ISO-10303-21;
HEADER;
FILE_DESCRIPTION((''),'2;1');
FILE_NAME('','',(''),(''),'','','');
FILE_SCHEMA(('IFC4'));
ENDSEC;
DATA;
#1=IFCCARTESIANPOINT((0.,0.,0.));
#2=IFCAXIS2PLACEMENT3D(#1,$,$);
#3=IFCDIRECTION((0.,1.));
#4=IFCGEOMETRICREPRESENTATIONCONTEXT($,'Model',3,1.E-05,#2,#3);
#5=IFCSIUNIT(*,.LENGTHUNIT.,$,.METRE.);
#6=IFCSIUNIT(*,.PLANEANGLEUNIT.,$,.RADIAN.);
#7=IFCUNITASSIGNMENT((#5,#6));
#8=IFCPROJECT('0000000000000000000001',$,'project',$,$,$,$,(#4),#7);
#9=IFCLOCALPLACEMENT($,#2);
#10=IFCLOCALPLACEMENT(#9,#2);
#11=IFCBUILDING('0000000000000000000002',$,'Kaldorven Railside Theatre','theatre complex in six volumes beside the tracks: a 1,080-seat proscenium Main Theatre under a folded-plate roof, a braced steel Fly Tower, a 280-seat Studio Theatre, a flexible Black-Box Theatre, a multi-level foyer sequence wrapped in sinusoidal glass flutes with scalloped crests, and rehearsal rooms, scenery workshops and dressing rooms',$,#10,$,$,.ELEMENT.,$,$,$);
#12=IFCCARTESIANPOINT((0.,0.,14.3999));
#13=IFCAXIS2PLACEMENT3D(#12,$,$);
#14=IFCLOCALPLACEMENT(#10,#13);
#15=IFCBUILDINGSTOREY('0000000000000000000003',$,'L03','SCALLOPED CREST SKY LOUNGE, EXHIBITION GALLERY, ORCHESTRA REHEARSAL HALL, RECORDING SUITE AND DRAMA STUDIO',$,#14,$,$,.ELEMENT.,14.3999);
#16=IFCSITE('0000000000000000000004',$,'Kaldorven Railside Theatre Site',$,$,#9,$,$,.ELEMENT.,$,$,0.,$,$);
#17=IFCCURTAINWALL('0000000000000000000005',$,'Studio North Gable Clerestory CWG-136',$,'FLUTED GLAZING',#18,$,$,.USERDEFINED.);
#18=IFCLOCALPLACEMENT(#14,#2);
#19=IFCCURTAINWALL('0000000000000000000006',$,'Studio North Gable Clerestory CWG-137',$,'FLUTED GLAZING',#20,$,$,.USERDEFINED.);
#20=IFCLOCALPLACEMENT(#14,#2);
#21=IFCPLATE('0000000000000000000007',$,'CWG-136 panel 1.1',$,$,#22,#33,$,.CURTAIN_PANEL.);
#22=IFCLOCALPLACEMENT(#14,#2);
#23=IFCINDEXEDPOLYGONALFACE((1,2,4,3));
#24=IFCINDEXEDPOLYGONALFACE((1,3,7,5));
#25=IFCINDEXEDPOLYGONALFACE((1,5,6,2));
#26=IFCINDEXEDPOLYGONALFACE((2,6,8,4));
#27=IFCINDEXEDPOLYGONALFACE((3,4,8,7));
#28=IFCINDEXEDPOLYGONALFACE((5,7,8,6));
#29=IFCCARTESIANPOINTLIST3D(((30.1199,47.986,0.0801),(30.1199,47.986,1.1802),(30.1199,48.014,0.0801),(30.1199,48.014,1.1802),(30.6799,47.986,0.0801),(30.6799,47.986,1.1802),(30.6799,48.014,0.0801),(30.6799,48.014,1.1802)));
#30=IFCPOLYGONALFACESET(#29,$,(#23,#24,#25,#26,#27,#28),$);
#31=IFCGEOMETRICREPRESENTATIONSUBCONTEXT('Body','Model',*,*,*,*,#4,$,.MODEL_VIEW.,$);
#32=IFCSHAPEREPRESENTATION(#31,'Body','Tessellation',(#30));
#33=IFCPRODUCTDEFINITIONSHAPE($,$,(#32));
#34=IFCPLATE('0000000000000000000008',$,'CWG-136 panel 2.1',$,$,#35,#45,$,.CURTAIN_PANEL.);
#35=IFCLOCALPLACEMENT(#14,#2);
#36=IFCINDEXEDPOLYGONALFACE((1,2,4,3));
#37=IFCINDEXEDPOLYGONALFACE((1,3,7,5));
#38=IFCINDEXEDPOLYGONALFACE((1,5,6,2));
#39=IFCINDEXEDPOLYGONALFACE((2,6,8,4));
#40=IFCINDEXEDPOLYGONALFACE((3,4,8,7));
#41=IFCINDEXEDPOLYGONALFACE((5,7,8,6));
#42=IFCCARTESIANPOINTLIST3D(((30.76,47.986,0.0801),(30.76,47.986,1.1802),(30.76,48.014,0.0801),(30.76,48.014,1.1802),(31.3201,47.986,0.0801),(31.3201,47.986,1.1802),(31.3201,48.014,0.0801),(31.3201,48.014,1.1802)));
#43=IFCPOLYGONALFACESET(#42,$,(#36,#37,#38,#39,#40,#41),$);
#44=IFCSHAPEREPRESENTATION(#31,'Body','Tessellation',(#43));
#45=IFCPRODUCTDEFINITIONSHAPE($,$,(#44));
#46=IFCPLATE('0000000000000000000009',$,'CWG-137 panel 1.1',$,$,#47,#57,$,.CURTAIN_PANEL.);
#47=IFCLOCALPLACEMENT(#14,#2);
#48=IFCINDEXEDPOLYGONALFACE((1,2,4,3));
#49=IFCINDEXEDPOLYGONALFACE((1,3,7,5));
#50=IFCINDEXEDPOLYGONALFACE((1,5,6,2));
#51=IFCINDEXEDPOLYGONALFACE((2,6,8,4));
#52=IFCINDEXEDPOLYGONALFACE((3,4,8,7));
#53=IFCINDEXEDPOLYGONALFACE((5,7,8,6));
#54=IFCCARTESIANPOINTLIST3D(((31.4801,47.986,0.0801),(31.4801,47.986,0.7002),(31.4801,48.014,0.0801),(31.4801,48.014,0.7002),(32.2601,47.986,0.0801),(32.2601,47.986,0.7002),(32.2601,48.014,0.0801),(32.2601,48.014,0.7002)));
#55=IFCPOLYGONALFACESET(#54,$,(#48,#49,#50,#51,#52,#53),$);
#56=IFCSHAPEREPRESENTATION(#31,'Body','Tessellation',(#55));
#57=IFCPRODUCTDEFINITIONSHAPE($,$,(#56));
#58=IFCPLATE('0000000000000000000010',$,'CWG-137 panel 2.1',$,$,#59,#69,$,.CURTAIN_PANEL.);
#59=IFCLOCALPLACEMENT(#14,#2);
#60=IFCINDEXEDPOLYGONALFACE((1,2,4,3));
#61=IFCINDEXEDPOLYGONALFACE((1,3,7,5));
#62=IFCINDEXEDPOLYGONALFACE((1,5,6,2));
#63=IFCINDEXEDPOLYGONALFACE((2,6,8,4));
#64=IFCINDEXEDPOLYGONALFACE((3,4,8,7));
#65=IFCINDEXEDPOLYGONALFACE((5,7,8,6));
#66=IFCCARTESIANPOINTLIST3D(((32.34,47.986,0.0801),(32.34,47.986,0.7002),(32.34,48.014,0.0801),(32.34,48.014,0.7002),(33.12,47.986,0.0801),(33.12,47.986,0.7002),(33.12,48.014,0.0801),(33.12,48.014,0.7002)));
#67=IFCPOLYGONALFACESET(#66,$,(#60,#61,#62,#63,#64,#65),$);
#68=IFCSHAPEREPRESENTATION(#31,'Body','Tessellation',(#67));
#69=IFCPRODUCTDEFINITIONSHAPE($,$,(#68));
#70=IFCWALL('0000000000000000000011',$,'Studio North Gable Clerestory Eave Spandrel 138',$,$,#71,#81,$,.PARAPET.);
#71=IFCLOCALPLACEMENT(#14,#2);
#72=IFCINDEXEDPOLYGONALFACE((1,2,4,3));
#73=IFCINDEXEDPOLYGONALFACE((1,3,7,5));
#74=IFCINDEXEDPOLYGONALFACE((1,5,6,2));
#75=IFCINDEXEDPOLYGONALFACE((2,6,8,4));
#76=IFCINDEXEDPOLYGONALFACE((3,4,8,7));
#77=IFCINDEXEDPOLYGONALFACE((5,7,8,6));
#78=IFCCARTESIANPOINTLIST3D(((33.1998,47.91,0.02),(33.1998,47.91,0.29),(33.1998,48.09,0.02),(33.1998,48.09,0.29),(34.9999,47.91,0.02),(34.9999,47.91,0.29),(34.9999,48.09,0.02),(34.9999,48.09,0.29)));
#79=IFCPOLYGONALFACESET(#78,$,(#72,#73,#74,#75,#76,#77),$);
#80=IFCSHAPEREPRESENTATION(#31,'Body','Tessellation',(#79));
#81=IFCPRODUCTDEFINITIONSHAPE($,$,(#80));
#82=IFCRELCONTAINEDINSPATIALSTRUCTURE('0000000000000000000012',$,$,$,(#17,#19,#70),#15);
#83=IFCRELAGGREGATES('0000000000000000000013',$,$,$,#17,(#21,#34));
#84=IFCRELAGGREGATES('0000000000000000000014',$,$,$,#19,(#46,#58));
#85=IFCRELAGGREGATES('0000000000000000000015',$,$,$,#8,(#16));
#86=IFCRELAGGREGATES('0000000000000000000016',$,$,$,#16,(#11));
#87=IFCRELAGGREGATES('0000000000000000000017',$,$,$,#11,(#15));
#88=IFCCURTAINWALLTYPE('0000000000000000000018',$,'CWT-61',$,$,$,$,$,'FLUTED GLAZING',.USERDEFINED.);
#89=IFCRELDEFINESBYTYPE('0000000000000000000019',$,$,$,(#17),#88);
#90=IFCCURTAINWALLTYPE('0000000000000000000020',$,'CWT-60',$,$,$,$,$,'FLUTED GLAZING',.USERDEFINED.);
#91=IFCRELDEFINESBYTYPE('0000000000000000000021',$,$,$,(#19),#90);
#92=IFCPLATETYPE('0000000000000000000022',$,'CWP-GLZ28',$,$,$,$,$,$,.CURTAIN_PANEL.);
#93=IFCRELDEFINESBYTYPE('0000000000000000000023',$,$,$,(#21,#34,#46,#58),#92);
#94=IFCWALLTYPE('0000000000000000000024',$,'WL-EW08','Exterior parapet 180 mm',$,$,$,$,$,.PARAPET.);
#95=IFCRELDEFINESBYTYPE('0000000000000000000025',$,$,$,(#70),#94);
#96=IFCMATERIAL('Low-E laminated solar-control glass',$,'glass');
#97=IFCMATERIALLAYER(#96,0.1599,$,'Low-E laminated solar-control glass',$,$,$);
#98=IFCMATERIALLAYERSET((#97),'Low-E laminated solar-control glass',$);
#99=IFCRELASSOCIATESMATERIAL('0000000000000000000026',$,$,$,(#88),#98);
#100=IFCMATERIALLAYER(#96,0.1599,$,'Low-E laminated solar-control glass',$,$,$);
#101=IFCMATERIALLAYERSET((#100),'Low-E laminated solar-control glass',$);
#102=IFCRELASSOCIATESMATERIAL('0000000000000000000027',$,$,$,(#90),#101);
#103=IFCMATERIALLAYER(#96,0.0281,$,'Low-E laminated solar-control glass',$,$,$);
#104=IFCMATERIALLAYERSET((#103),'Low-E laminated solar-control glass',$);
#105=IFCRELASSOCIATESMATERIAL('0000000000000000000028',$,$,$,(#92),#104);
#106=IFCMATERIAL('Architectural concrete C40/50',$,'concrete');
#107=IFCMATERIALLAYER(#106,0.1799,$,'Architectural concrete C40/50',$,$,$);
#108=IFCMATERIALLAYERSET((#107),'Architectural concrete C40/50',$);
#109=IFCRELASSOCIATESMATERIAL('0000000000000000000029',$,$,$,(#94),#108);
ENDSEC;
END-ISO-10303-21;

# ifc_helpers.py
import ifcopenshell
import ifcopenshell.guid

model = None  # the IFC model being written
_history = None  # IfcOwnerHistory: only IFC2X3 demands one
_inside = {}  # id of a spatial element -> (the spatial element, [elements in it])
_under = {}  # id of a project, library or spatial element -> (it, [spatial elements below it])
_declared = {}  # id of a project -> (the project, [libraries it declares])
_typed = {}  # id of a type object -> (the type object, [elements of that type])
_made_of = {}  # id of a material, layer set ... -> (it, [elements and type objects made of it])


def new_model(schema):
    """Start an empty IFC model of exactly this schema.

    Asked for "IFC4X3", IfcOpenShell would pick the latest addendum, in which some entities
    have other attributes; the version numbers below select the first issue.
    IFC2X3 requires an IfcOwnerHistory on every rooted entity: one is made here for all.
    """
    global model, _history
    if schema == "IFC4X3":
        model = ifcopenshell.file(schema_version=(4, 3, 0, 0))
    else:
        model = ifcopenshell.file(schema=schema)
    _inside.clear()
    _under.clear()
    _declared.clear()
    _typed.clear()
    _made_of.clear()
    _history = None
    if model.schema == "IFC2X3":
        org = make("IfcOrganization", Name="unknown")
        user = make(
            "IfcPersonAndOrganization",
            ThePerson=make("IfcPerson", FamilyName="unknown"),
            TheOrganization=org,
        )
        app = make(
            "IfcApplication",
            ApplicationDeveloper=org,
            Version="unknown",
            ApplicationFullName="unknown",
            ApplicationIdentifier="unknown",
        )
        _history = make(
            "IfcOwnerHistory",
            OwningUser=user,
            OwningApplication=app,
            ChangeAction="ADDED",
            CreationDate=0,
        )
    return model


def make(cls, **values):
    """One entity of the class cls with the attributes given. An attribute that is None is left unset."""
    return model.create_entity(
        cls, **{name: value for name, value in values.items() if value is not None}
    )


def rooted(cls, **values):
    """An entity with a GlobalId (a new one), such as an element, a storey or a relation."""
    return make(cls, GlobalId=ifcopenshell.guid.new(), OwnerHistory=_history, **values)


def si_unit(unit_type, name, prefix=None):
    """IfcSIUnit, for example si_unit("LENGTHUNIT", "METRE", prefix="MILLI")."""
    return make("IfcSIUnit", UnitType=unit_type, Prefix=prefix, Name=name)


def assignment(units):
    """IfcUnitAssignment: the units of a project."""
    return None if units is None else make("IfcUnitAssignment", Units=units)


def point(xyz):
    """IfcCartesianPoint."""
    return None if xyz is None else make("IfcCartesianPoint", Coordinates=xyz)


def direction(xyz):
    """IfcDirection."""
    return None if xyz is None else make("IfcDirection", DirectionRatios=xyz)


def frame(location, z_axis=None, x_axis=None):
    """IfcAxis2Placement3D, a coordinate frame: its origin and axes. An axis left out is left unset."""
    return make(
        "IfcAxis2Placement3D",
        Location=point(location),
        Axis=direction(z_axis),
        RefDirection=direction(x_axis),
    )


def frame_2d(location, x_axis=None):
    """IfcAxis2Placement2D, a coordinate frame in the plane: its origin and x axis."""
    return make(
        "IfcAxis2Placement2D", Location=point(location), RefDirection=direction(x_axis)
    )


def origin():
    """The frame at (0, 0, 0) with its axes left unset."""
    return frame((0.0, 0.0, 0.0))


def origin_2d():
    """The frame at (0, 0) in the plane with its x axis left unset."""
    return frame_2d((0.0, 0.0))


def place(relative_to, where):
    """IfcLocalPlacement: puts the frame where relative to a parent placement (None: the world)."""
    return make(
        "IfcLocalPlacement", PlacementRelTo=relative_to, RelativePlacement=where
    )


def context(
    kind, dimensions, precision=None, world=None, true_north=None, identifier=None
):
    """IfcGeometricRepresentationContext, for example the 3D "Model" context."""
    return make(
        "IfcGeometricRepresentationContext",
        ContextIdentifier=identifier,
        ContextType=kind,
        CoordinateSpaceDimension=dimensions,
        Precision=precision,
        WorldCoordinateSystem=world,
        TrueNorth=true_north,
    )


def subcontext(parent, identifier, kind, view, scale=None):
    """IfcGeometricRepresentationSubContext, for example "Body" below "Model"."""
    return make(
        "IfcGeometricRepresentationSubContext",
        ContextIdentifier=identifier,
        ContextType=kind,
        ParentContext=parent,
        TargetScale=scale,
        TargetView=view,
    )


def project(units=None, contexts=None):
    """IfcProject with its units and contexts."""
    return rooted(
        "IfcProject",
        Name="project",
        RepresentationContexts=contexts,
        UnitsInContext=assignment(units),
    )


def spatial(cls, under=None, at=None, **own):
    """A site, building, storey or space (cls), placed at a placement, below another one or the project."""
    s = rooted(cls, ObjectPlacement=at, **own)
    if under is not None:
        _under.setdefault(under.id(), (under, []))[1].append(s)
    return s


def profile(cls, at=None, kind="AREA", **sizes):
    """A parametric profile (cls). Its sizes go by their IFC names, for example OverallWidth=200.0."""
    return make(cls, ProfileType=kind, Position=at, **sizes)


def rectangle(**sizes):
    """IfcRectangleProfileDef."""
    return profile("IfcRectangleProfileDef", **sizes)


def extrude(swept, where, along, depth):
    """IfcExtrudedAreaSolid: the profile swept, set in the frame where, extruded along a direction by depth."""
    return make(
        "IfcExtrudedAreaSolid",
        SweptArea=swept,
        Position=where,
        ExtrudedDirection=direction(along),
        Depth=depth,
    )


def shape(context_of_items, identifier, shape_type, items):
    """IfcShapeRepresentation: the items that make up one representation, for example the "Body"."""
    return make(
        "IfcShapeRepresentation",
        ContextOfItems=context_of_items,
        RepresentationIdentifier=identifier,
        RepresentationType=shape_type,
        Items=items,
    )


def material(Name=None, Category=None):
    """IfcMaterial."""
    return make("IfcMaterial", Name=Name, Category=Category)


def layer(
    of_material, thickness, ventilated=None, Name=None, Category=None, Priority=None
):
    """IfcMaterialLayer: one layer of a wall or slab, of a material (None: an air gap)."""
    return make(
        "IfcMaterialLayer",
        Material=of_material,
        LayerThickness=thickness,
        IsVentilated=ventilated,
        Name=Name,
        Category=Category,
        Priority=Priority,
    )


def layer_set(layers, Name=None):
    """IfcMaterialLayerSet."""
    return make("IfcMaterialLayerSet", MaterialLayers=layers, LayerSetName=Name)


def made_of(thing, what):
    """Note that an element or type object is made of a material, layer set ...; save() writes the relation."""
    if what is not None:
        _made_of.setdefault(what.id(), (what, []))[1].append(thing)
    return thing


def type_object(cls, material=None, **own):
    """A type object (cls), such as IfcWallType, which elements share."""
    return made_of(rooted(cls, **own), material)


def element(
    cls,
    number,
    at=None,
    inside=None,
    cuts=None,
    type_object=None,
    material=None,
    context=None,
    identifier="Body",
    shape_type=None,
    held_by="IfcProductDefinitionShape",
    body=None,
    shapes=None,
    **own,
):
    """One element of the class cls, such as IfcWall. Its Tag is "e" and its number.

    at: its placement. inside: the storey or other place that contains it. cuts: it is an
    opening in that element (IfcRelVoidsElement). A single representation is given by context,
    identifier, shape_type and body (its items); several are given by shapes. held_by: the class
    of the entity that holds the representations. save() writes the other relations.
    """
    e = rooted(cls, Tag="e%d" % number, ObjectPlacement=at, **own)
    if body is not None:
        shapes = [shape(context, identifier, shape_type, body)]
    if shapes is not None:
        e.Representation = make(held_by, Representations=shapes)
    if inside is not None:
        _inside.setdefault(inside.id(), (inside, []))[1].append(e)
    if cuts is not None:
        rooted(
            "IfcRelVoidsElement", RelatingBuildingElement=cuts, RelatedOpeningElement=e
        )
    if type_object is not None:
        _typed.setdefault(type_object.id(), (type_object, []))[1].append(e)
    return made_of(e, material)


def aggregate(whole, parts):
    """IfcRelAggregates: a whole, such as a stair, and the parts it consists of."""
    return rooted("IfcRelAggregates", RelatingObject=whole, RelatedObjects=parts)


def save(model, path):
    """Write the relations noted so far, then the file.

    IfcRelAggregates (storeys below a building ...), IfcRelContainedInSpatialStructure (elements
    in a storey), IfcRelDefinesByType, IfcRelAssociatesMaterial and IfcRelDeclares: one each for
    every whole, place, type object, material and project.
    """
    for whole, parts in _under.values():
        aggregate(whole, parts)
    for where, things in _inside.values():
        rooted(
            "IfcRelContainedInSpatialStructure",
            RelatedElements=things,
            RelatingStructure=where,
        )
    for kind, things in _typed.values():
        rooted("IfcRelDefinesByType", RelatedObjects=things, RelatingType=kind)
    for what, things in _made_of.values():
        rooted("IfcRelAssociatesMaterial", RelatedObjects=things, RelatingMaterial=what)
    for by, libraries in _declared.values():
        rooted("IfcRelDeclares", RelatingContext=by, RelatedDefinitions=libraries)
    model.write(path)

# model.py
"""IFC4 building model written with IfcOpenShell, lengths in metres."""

from ifc_helpers import new_model, si_unit, direction, frame, frame_2d, origin, origin_2d, place, context, subcontext, project, spatial, rectangle, extrude, material, layer, layer_set, type_object, element, aggregate, save


model = new_model("IFC4")

# Units and contexts
model_context = context("Model", 3, precision=1e-05, world=origin(), true_north=direction((0.0, 1.0)))
body_context = subcontext(model_context, "Body", "Model", "MODEL_VIEW")
ifc_project = project(units=[si_unit("LENGTHUNIT", "METRE"), si_unit("PLANEANGLEUNIT", "RADIAN")], contexts=[model_context])

# Site, building, storey
site_placement = place(None, origin())
site = spatial("IfcSite", under=ifc_project, at=site_placement, Name="Kaldorven Railside Theatre Site", CompositionType="ELEMENT", RefElevation=0.0)
building_placement = place(site_placement, origin())
building = spatial("IfcBuilding", under=site, at=building_placement, Name="Kaldorven Railside Theatre", Description="theatre complex in six volumes beside the tracks: a 1,080-seat proscenium Main Theatre under a folded-plate roof, a braced steel Fly Tower, a 280-seat Studio Theatre, a flexible Black-Box Theatre, a multi-level foyer sequence wrapped in sinusoidal glass flutes with scalloped crests, and rehearsal rooms, scenery workshops and dressing rooms", CompositionType="ELEMENT")
storey_placement = place(building_placement, frame((0.0, 0.0, 14.3999)))
storey = spatial("IfcBuildingStorey", under=building, at=storey_placement, Name="L03", Description="SCALLOPED CREST SKY LOUNGE, EXHIBITION GALLERY, ORCHESTRA REHEARSAL HALL, RECORDING SUITE AND DRAMA STUDIO", CompositionType="ELEMENT", Elevation=14.3999)

# Curtain walls
ifc_material_1 = material(Name="Low-E laminated solar-control glass", Category="glass")
ifc_layer_1 = layer(ifc_material_1, 0.1599, Name="Low-E laminated solar-control glass")
ifc_layer_set_1 = layer_set([ifc_layer_1], Name="Low-E laminated solar-control glass")
curtain_wall_type_1 = type_object("IfcCurtainWallType", Name="CWT-61", ElementType="FLUTED GLAZING", PredefinedType="USERDEFINED", material=ifc_layer_set_1)
curtain_wall_1_placement = place(storey_placement, origin())
curtain_wall_1 = element("IfcCurtainWall", 1, at=curtain_wall_1_placement, inside=storey, type_object=curtain_wall_type_1, Name="Studio North Gable Clerestory CWG-136", ObjectType="FLUTED GLAZING", PredefinedType="USERDEFINED")
ifc_layer_2 = layer(ifc_material_1, 0.1599, Name="Low-E laminated solar-control glass")
ifc_layer_set_2 = layer_set([ifc_layer_2], Name="Low-E laminated solar-control glass")
curtain_wall_type_2 = type_object("IfcCurtainWallType", Name="CWT-60", ElementType="FLUTED GLAZING", PredefinedType="USERDEFINED", material=ifc_layer_set_2)
curtain_wall_2_placement = place(storey_placement, origin())
curtain_wall_2 = element("IfcCurtainWall", 2, at=curtain_wall_2_placement, inside=storey, type_object=curtain_wall_type_2, Name="Studio North Gable Clerestory CWG-137", ObjectType="FLUTED GLAZING", PredefinedType="USERDEFINED")

# Plates
ifc_layer_3 = layer(ifc_material_1, 0.0281, Name="Low-E laminated solar-control glass")
ifc_layer_set_3 = layer_set([ifc_layer_3], Name="Low-E laminated solar-control glass")
plate_type = type_object("IfcPlateType", Name="CWP-GLZ28", PredefinedType="CURTAIN_PANEL", material=ifc_layer_set_3)
plate_1_placement = place(storey_placement, frame((30.3999, 48.0, 0.0801), z_axis=(0.0, 0.0, 1.0), x_axis=(1.0, 0.0, 0.0)))
plate_1 = element("IfcPlate", 3, at=plate_1_placement, type_object=plate_type, Name="CWG-136 panel 1.1", PredefinedType="CURTAIN_PANEL", context=body_context, shape_type="SweptSolid", body=[
    extrude(rectangle(XDim=0.5601, YDim=0.0281, at=origin_2d()), origin(), (0.0, 0.0, 1.0), 1.1001),
])
plate_2_placement = place(storey_placement, frame((31.04, 48.0, 0.0801), z_axis=(0.0, 0.0, 1.0), x_axis=(1.0, 0.0, 0.0)))
plate_2 = element("IfcPlate", 4, at=plate_2_placement, type_object=plate_type, Name="CWG-136 panel 2.1", PredefinedType="CURTAIN_PANEL", context=body_context, shape_type="SweptSolid", body=[
    extrude(rectangle(XDim=0.5601, YDim=0.0281, at=origin_2d()), origin(), (0.0, 0.0, 1.0), 1.1001),
])
aggregate(curtain_wall_1, [plate_1, plate_2])
plate_3_placement = place(storey_placement, frame((31.8701, 48.0, 0.0801), z_axis=(0.0, 0.0, 1.0), x_axis=(1.0, 0.0, 0.0)))
plate_3 = element("IfcPlate", 5, at=plate_3_placement, type_object=plate_type, Name="CWG-137 panel 1.1", PredefinedType="CURTAIN_PANEL", context=body_context, shape_type="SweptSolid", body=[
    extrude(rectangle(XDim=0.78, YDim=0.0281, at=origin_2d()), origin(), (0.0, 0.0, 1.0), 0.6201),
])
plate_4_placement = place(storey_placement, frame((32.73, 48.0, 0.0801), z_axis=(0.0, 0.0, 1.0), x_axis=(1.0, 0.0, 0.0)))
plate_4 = element("IfcPlate", 6, at=plate_4_placement, type_object=plate_type, Name="CWG-137 panel 2.1", PredefinedType="CURTAIN_PANEL", context=body_context, shape_type="SweptSolid", body=[
    extrude(rectangle(XDim=0.78, YDim=0.0281, at=origin_2d()), origin(), (0.0, 0.0, 1.0), 0.6201),
])
aggregate(curtain_wall_2, [plate_3, plate_4])

# Wall
ifc_material_2 = material(Name="Architectural concrete C40/50", Category="concrete")
ifc_layer_4 = layer(ifc_material_2, 0.1799, Name="Architectural concrete C40/50")
ifc_layer_set_4 = layer_set([ifc_layer_4], Name="Architectural concrete C40/50")
wall_type = type_object("IfcWallType", Name="WL-EW08", Description="Exterior parapet 180 mm", PredefinedType="PARAPET", material=ifc_layer_set_4)
wall_placement = place(storey_placement, frame((33.2, 48.0, 0.02), z_axis=(0.0, 0.0, 1.0), x_axis=(1.0, 0.0, 0.0)))
element("IfcWall", 7, at=wall_placement, inside=storey, type_object=wall_type, Name="Studio North Gable Clerestory Eave Spandrel 138", PredefinedType="PARAPET", context=body_context, shape_type="SweptSolid", body=[
    extrude(rectangle(XDim=1.8, YDim=0.1799, at=frame_2d((0.8999, 0.0))), origin(), (0.0, 0.0, 1.0), 0.27),
])

save(model, "model.ifc")
